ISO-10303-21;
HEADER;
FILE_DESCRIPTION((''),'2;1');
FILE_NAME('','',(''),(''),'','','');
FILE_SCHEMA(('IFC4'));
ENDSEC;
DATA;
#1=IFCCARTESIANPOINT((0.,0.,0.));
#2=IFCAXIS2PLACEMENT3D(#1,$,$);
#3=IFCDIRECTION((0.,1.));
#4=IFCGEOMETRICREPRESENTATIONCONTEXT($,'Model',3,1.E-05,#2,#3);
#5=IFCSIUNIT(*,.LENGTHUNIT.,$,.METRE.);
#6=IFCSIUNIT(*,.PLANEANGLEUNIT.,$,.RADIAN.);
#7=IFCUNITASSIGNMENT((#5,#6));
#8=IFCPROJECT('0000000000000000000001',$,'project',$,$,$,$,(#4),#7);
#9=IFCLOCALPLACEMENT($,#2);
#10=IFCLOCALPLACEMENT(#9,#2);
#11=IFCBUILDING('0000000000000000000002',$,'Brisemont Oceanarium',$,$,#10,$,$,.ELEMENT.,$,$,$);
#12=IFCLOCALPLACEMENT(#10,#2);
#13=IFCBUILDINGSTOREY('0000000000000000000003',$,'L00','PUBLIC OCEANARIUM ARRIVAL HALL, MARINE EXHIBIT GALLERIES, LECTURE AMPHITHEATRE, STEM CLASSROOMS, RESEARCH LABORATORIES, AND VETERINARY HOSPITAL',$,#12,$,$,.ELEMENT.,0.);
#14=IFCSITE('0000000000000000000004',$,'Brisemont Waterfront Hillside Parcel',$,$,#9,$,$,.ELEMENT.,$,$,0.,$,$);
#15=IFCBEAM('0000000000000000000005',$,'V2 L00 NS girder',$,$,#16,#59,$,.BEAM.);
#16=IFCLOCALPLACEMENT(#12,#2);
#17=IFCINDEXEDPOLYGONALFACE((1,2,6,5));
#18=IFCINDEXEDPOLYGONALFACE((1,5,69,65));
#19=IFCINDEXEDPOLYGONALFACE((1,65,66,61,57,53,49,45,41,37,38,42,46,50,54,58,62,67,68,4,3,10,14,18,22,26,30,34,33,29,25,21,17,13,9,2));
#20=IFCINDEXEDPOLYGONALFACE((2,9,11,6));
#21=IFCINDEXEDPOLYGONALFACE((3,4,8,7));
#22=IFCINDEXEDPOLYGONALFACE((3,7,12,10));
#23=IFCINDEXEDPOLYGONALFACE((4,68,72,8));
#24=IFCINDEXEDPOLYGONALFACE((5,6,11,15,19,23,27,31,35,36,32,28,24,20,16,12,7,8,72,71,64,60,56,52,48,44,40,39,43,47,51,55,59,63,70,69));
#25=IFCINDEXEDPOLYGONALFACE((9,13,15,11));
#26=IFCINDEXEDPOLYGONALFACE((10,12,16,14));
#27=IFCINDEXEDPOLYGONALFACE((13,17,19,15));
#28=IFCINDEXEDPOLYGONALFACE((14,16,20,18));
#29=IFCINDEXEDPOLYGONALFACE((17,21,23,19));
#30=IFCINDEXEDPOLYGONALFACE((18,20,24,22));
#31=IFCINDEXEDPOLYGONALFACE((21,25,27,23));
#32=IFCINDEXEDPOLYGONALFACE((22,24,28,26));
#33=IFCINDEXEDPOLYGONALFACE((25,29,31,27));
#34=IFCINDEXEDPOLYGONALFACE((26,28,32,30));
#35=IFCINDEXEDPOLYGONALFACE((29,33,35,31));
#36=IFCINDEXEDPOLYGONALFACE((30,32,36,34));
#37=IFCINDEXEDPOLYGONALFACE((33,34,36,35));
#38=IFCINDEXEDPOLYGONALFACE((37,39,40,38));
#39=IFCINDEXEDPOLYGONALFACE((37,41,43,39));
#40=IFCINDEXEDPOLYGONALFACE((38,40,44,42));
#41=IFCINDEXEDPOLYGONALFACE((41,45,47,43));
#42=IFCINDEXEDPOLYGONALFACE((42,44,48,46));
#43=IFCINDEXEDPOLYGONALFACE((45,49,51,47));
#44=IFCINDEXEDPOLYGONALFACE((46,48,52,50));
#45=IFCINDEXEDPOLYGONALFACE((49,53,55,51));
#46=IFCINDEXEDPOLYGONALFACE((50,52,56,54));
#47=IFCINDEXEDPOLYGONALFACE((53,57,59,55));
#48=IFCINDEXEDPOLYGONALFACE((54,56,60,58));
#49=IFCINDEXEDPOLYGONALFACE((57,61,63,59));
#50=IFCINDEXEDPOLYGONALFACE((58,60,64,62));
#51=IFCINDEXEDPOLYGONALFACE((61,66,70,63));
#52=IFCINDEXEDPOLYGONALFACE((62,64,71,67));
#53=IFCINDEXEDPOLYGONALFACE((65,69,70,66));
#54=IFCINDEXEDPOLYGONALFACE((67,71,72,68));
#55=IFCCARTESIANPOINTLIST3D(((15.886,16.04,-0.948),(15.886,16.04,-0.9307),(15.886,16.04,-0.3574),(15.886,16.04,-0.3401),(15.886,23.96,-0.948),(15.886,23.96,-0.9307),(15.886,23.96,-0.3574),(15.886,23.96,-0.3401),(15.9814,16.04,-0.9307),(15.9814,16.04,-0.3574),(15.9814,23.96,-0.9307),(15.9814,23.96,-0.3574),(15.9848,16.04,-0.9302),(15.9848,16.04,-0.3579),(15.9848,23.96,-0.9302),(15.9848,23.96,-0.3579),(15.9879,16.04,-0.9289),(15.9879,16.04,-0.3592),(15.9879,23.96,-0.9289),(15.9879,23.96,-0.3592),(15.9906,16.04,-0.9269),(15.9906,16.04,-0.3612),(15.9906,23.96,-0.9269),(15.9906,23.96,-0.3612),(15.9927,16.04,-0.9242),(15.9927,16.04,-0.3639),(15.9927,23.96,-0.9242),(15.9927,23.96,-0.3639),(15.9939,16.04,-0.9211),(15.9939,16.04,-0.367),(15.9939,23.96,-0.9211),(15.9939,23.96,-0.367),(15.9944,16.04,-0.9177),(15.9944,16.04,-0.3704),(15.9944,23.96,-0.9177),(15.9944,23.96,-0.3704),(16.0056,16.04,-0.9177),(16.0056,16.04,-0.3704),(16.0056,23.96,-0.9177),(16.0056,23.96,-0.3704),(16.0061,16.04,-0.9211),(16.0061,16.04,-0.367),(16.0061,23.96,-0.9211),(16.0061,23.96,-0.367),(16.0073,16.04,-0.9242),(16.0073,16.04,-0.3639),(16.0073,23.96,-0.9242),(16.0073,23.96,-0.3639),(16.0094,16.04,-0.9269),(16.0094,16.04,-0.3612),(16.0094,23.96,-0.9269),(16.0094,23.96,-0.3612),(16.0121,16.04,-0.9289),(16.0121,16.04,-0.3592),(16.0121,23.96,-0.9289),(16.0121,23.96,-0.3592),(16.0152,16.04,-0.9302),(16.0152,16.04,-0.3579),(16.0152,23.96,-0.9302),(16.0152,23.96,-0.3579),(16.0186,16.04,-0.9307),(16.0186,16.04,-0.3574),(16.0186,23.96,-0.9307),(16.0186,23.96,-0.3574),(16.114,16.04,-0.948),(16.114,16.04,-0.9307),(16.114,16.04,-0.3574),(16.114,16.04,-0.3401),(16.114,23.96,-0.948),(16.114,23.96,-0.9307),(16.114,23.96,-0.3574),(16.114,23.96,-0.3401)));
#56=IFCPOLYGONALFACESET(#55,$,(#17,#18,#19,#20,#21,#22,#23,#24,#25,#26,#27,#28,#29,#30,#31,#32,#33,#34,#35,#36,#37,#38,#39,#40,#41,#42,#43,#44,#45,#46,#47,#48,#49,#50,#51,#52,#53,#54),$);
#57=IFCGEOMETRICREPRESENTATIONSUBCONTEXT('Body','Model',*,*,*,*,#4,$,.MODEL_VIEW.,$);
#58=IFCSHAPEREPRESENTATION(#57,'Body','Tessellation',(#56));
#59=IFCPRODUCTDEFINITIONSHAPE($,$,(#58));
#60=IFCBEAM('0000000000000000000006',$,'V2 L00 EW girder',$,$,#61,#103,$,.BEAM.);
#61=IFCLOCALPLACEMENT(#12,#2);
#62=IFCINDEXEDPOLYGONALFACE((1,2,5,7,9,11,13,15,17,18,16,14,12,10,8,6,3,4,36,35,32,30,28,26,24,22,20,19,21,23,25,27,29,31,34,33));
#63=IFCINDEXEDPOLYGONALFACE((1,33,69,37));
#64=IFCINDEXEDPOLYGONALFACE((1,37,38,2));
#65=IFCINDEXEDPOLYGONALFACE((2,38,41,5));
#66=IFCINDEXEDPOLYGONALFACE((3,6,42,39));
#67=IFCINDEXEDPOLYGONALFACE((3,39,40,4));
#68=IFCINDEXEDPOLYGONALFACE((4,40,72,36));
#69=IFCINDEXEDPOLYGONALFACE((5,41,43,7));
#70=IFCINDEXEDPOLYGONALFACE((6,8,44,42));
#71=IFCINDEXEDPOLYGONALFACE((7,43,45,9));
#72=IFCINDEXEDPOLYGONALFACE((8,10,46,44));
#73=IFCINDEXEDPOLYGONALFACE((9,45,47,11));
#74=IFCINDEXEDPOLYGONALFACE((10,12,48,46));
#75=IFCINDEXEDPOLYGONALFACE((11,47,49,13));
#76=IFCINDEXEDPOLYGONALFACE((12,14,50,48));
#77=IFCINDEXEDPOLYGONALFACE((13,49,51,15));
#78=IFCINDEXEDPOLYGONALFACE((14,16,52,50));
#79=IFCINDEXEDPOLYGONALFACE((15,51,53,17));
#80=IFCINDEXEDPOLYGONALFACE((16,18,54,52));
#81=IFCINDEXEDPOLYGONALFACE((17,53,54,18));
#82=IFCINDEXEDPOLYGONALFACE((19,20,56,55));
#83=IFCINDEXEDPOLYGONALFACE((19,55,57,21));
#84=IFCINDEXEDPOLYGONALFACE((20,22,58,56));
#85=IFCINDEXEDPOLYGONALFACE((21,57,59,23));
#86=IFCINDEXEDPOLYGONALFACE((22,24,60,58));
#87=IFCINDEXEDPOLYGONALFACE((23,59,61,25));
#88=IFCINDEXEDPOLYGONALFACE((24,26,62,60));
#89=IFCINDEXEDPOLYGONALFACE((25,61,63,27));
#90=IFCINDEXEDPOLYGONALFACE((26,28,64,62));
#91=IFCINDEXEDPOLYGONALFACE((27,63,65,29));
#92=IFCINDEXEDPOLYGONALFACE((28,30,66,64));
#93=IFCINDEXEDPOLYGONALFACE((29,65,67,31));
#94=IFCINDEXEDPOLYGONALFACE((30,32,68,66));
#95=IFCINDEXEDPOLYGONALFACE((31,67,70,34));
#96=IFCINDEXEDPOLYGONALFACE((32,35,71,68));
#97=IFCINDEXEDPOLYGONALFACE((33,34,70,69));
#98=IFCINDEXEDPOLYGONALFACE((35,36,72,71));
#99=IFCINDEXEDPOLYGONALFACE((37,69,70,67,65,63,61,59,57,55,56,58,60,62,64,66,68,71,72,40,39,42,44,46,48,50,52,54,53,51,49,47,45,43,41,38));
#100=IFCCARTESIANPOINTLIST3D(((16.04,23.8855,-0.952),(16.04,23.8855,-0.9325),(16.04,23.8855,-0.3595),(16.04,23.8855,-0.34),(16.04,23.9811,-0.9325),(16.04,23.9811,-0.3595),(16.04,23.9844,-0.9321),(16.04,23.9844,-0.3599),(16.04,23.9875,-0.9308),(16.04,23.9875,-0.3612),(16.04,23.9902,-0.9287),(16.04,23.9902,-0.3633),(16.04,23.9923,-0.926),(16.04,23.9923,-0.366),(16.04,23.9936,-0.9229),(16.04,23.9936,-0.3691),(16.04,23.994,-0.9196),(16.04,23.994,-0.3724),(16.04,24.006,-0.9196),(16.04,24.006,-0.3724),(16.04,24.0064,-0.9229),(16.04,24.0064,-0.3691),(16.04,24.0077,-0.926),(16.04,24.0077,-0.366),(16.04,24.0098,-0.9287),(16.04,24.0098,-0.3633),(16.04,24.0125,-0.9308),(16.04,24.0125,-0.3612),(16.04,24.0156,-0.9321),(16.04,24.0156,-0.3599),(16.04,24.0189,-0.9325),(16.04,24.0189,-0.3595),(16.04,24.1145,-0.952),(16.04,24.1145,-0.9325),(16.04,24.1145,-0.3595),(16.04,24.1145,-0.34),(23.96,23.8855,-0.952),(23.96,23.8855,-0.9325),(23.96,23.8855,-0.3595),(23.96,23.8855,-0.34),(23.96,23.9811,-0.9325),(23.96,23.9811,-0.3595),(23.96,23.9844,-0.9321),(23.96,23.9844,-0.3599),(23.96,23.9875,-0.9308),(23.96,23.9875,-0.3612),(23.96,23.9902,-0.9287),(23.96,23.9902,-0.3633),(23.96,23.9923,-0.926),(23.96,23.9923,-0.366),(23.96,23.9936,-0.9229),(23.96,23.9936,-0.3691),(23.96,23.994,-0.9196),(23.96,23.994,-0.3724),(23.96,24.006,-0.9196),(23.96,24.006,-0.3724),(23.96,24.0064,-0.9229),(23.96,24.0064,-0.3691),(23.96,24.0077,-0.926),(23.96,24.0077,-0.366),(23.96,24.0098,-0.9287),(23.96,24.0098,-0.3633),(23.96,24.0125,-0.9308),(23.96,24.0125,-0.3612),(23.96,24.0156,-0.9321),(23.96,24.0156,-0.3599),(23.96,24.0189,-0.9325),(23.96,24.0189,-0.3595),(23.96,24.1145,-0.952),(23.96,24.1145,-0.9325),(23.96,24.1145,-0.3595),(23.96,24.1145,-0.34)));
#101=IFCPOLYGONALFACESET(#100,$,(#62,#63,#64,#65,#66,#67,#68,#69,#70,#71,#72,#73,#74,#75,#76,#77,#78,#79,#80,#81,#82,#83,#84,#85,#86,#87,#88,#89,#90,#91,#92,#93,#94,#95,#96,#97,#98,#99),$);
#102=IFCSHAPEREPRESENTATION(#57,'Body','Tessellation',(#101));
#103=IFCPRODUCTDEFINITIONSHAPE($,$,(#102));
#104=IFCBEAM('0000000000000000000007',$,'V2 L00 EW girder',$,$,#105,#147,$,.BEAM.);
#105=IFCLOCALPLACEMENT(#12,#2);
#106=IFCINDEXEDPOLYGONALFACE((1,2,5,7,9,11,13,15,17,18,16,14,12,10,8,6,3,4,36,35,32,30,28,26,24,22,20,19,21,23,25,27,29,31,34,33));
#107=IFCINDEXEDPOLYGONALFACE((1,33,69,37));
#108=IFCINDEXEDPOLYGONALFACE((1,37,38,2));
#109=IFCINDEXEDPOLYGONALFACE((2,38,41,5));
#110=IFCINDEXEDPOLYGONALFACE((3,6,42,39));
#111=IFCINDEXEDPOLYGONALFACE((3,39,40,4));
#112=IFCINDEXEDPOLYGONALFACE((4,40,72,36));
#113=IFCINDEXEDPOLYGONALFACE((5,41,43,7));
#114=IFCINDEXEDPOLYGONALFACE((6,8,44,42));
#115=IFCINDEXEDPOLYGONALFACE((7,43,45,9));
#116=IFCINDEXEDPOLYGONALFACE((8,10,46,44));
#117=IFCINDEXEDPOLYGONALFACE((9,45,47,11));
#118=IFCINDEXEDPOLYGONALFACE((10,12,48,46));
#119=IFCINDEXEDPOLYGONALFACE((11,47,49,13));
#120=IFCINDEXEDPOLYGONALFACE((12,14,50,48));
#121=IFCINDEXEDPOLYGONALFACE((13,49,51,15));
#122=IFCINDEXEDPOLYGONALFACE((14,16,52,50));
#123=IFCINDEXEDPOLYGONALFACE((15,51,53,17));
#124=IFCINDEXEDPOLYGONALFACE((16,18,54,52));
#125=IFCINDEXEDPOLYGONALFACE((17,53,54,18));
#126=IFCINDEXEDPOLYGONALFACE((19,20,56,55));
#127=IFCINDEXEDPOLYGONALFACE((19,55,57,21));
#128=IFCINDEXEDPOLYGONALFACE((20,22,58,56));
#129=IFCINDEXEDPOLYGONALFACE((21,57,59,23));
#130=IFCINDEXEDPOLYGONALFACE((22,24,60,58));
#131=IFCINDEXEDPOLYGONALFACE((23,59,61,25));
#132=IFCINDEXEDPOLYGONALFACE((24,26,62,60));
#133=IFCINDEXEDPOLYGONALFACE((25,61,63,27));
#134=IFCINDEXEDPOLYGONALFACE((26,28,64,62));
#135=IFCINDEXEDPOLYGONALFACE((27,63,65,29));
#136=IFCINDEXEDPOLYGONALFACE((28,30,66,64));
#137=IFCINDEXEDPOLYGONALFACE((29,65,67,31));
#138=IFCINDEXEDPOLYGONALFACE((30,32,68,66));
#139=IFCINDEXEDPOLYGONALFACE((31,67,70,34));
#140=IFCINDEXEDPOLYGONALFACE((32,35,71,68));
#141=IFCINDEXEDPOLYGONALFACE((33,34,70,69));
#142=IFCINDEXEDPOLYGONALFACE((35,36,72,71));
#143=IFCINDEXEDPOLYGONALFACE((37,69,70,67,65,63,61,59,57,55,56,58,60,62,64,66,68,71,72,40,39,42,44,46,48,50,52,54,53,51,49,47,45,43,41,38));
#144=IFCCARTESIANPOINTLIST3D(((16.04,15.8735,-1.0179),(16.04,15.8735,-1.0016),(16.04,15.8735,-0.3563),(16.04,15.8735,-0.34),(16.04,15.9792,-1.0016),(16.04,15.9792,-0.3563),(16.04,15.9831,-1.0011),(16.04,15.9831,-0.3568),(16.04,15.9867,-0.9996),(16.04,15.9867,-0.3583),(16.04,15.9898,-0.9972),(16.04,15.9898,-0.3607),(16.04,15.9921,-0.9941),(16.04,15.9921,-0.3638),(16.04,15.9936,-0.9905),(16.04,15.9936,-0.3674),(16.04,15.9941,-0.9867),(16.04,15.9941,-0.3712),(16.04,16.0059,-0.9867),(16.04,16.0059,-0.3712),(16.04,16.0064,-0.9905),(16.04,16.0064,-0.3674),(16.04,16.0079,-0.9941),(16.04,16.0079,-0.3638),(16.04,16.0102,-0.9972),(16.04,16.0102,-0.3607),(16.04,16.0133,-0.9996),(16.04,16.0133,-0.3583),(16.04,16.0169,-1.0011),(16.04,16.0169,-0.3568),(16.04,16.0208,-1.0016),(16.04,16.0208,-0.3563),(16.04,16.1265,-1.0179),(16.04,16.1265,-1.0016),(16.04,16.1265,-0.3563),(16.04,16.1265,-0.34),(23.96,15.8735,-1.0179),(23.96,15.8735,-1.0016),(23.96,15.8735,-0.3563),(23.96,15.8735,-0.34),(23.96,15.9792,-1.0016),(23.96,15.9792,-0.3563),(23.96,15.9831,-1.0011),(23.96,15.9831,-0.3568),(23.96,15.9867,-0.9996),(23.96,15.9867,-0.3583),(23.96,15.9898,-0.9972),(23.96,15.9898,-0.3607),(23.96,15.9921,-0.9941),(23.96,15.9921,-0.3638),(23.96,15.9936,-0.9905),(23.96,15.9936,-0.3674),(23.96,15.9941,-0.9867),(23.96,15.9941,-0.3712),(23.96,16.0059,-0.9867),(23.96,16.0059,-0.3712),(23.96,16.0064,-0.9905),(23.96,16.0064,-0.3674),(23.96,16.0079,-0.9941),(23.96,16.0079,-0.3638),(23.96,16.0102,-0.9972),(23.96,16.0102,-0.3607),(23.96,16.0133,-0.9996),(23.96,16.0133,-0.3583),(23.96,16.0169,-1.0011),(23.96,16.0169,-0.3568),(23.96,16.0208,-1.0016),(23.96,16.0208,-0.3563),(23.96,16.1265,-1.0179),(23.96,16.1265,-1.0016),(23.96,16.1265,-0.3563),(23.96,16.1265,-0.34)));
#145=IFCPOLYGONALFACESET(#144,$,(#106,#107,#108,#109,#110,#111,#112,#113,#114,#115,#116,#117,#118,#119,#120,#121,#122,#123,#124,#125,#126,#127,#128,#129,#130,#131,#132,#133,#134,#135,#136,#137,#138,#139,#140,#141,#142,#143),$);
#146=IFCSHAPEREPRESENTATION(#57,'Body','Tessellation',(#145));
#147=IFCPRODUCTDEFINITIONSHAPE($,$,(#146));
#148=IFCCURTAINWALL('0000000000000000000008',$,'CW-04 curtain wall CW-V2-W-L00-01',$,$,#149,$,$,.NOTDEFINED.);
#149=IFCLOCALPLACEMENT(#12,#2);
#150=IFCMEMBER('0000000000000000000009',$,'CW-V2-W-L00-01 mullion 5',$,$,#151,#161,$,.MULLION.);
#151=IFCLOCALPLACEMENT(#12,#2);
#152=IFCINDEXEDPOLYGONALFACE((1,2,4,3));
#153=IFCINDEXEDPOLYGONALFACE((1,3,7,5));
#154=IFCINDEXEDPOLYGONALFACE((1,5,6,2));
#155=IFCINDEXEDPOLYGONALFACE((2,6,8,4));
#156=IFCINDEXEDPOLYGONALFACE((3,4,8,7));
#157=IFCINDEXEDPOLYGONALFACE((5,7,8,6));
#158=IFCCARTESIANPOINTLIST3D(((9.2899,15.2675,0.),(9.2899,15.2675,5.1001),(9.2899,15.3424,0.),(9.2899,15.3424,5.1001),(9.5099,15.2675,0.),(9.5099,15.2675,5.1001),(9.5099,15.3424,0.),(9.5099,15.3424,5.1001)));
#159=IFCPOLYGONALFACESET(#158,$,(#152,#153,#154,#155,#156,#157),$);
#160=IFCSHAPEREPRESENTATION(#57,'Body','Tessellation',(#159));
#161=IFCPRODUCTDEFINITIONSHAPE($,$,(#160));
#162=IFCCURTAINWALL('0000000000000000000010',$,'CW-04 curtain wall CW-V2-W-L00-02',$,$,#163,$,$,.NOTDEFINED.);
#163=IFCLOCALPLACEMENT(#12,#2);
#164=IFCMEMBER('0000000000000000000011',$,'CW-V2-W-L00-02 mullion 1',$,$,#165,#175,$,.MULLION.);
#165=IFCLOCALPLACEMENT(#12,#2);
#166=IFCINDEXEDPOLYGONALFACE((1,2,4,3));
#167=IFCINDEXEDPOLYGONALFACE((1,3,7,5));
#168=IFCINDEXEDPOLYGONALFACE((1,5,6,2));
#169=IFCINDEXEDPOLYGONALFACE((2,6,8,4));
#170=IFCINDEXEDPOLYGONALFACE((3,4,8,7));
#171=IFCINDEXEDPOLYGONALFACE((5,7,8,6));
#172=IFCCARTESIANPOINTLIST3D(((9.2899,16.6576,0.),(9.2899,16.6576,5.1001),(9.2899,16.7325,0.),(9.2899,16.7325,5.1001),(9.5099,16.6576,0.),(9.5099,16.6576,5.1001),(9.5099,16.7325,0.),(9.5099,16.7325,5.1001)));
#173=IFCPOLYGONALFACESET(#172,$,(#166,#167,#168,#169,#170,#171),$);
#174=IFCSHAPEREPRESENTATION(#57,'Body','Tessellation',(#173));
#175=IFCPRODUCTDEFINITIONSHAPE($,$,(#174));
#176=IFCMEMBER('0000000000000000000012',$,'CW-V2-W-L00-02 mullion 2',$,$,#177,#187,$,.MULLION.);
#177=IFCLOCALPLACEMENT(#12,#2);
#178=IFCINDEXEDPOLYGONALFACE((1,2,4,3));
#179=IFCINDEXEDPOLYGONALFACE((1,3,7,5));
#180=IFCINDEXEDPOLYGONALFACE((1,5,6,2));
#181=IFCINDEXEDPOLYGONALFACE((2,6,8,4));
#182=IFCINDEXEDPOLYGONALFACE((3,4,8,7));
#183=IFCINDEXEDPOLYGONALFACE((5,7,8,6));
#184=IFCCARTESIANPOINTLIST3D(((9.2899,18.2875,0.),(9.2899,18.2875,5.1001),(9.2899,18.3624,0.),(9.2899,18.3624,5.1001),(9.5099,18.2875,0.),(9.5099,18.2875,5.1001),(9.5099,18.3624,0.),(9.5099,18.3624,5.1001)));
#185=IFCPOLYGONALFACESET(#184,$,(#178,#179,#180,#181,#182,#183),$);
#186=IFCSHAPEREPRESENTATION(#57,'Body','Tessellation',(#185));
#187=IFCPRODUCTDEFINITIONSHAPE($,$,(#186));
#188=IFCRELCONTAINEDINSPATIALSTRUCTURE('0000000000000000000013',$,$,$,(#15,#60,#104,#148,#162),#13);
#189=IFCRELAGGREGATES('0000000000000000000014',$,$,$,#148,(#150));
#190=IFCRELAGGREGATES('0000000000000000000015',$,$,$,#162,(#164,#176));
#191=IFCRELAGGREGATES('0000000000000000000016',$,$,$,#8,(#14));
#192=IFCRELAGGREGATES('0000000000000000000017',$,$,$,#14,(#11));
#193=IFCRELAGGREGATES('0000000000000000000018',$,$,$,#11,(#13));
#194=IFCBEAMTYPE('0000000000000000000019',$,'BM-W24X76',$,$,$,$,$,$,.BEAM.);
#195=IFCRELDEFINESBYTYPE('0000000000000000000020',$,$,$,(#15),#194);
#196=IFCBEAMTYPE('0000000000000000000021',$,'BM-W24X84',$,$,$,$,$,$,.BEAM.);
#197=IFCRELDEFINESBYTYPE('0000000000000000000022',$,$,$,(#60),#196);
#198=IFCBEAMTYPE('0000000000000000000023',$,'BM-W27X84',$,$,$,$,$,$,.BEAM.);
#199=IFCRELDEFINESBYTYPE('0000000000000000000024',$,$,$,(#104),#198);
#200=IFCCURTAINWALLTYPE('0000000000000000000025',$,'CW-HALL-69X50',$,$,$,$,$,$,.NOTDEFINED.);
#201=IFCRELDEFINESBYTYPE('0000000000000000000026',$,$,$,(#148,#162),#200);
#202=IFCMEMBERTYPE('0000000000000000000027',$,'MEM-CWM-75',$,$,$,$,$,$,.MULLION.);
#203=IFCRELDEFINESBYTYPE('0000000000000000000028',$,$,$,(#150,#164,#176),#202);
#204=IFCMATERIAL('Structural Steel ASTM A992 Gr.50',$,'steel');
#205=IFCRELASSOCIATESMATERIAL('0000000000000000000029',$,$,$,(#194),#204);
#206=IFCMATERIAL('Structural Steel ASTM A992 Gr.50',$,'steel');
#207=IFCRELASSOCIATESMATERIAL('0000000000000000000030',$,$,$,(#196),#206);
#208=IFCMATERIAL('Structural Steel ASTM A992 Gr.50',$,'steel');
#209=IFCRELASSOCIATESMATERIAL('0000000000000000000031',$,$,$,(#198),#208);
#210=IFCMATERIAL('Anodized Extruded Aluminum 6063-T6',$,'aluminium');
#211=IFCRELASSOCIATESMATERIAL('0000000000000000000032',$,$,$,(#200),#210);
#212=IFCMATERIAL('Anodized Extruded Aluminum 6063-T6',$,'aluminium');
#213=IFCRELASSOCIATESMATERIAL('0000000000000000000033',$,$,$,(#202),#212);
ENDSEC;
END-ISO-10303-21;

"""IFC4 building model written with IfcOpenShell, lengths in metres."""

from ifc_helpers import new_model, si_unit, direction, frame, origin, origin_2d, place, context, subcontext, project, spatial, rectangle, i_section, extrude, material, material_profile, profile_set, type_object, element, aggregate, save


model = new_model("IFC4")

# Units and contexts
model_context = context("Model", 3, precision=1e-05, world=origin(), true_north=direction((0.0, 1.0)))
body_context = subcontext(model_context, "Body", "Model", "MODEL_VIEW")
ifc_project = project(units=[si_unit("LENGTHUNIT", "METRE"), si_unit("PLANEANGLEUNIT", "RADIAN")], contexts=[model_context])

# Site, building, storey
site_placement = place(None, origin())
site = spatial("IfcSite", under=ifc_project, at=site_placement, Name="Brisemont Waterfront Hillside Parcel", CompositionType="ELEMENT", RefElevation=0.0)
building_placement = place(site_placement, origin())
building = spatial("IfcBuilding", under=site, at=building_placement, Name="Brisemont Oceanarium", CompositionType="ELEMENT")
storey_placement = place(building_placement, origin())
storey = spatial("IfcBuildingStorey", under=building, at=storey_placement, Name="L00", Description="PUBLIC OCEANARIUM ARRIVAL HALL, MARINE EXHIBIT GALLERIES, LECTURE AMPHITHEATRE, STEM CLASSROOMS, RESEARCH LABORATORIES, AND VETERINARY HOSPITAL", CompositionType="ELEMENT", Elevation=0.0)

# Beams
ifc_material_1 = material(Name="Structural Steel ASTM A992 Gr.50", Category="steel")
ifc_material_profile_1 = material_profile(ifc_material_1, i_section(OverallWidth=0.228, OverallDepth=0.6079, WebThickness=0.0112, FlangeThickness=0.0173, FilletRadius=0.0129, at=origin_2d()), Name="W24X76")
ifc_profile_set_1 = profile_set([ifc_material_profile_1], Name="Structural Steel ASTM A992 Gr.50")
beam_type_1 = type_object("IfcBeamType", Name="BM-W24X76", PredefinedType="BEAM", material=ifc_profile_set_1)
beam_1_placement = place(storey_placement, frame((16.0, 16.04, -0.644), z_axis=(0.0, 1.0, 0.0), x_axis=(-1.0, 0.0, 0.0)))
element("IfcBeam", 1, at=beam_1_placement, inside=storey, type_object=beam_type_1, Name="V2 L00 NS girder", PredefinedType="BEAM", context=body_context, shape_type="SweptSolid", body=[
    extrude(i_section(OverallWidth=0.228, OverallDepth=0.6079, WebThickness=0.0112, FlangeThickness=0.0173, FilletRadius=0.0129, at=origin_2d()), origin(), (0.0, 0.0, 1.0), 7.9199),
])
ifc_material_2 = material(Name="Structural Steel ASTM A992 Gr.50", Category="steel")
ifc_material_profile_2 = material_profile(ifc_material_2, i_section(OverallWidth=0.229, OverallDepth=0.6121, WebThickness=0.012, FlangeThickness=0.0195, FilletRadius=0.0129, at=origin_2d()), Name="W24X84")
ifc_profile_set_2 = profile_set([ifc_material_profile_2], Name="Structural Steel ASTM A992 Gr.50")
beam_type_2 = type_object("IfcBeamType", Name="BM-W24X84", PredefinedType="BEAM", material=ifc_profile_set_2)
beam_2_placement = place(storey_placement, frame((16.04, 24.0, -0.646), z_axis=(1.0, 0.0, 0.0), x_axis=(0.0, 1.0, 0.0)))
element("IfcBeam", 2, at=beam_2_placement, inside=storey, type_object=beam_type_2, Name="V2 L00 EW girder", PredefinedType="BEAM", context=body_context, shape_type="SweptSolid", body=[
    extrude(i_section(OverallWidth=0.229, OverallDepth=0.6121, WebThickness=0.012, FlangeThickness=0.0195, FilletRadius=0.0129, at=origin_2d()), origin(), (0.0, 0.0, 1.0), 7.9199),
])
ifc_material_3 = material(Name="Structural Steel ASTM A992 Gr.50", Category="steel")
ifc_material_profile_3 = material_profile(ifc_material_3, i_section(OverallWidth=0.2529, OverallDepth=0.678, WebThickness=0.0117, FlangeThickness=0.0164, FilletRadius=0.0149, at=origin_2d()), Name="W27X84")
ifc_profile_set_3 = profile_set([ifc_material_profile_3], Name="Structural Steel ASTM A992 Gr.50")
beam_type_3 = type_object("IfcBeamType", Name="BM-W27X84", PredefinedType="BEAM", material=ifc_profile_set_3)
beam_3_placement = place(storey_placement, frame((16.04, 16.0, -0.679), z_axis=(1.0, 0.0, 0.0), x_axis=(0.0, 1.0, 0.0)))
element("IfcBeam", 3, at=beam_3_placement, inside=storey, type_object=beam_type_3, Name="V2 L00 EW girder", PredefinedType="BEAM", context=body_context, shape_type="SweptSolid", body=[
    extrude(i_section(OverallWidth=0.2529, OverallDepth=0.678, WebThickness=0.0117, FlangeThickness=0.0164, FilletRadius=0.0149, at=origin_2d()), origin(), (0.0, 0.0, 1.0), 7.9199),
])

# Curtain wall, member
ifc_material_4 = material(Name="Anodized Extruded Aluminum 6063-T6", Category="aluminium")
curtain_wall_type = type_object("IfcCurtainWallType", Name="CW-HALL-69X50", PredefinedType="NOTDEFINED", material=ifc_material_4)
curtain_wall_1_placement = place(storey_placement, origin())
curtain_wall_1 = element("IfcCurtainWall", 4, at=curtain_wall_1_placement, inside=storey, type_object=curtain_wall_type, Name="CW-04 curtain wall CW-V2-W-L00-01", PredefinedType="NOTDEFINED")
ifc_material_5 = material(Name="Anodized Extruded Aluminum 6063-T6", Category="aluminium")
ifc_material_profile_4 = material_profile(ifc_material_5, rectangle(XDim=0.075, YDim=0.22, at=origin_2d()), Name="CWM-75X220")
ifc_profile_set_4 = profile_set([ifc_material_profile_4], Name="Anodized Extruded Aluminum 6063-T6")
member_type_1 = type_object("IfcMemberType", Name="MEM-CWM-75", PredefinedType="MULLION", material=ifc_profile_set_4)
member_1_placement = place(storey_placement, frame((9.3999, 15.3049, 0.0), z_axis=(0.0, 0.0, 1.0), x_axis=(0.0, 1.0, 0.0)))
member_1 = element("IfcMember", 5, at=member_1_placement, type_object=member_type_1, Name="CW-V2-W-L00-01 mullion 5", PredefinedType="MULLION", context=body_context, shape_type="SweptSolid", body=[
    extrude(rectangle(XDim=0.075, YDim=0.22, at=origin_2d()), origin(), (0.0, 0.0, 1.0), 5.1001),
])

# Curtain wall, members
curtain_wall_2_placement = place(storey_placement, origin())
curtain_wall_2 = element("IfcCurtainWall", 6, at=curtain_wall_2_placement, inside=storey, type_object=curtain_wall_type, Name="CW-04 curtain wall CW-V2-W-L00-02", PredefinedType="NOTDEFINED")
member_2_placement = place(storey_placement, frame((9.3999, 16.6951, 0.0), z_axis=(0.0, 0.0, 1.0), x_axis=(0.0, 1.0, 0.0)))
member_2 = element("IfcMember", 7, at=member_2_placement, type_object=member_type_1, Name="CW-V2-W-L00-02 mullion 1", PredefinedType="MULLION", context=body_context, shape_type="SweptSolid", body=[
    extrude(rectangle(XDim=0.075, YDim=0.22, at=origin_2d()), origin(), (0.0, 0.0, 1.0), 5.1001),
])
member_3_placement = place(storey_placement, frame((9.3999, 18.325, 0.0), z_axis=(0.0, 0.0, 1.0), x_axis=(0.0, 1.0, 0.0)))
member_3 = element("IfcMember", 8, at=member_3_placement, type_object=member_type_1, Name="CW-V2-W-L00-02 mullion 2", PredefinedType="MULLION", context=body_context, shape_type="SweptSolid", body=[
    extrude(rectangle(XDim=0.075, YDim=0.22, at=origin_2d()), origin(), (0.0, 0.0, 1.0), 5.1001),
])

aggregate(curtain_wall_1, [member_1])
aggregate(curtain_wall_2, [member_2, member_3])

save(model, "model.ifc")
